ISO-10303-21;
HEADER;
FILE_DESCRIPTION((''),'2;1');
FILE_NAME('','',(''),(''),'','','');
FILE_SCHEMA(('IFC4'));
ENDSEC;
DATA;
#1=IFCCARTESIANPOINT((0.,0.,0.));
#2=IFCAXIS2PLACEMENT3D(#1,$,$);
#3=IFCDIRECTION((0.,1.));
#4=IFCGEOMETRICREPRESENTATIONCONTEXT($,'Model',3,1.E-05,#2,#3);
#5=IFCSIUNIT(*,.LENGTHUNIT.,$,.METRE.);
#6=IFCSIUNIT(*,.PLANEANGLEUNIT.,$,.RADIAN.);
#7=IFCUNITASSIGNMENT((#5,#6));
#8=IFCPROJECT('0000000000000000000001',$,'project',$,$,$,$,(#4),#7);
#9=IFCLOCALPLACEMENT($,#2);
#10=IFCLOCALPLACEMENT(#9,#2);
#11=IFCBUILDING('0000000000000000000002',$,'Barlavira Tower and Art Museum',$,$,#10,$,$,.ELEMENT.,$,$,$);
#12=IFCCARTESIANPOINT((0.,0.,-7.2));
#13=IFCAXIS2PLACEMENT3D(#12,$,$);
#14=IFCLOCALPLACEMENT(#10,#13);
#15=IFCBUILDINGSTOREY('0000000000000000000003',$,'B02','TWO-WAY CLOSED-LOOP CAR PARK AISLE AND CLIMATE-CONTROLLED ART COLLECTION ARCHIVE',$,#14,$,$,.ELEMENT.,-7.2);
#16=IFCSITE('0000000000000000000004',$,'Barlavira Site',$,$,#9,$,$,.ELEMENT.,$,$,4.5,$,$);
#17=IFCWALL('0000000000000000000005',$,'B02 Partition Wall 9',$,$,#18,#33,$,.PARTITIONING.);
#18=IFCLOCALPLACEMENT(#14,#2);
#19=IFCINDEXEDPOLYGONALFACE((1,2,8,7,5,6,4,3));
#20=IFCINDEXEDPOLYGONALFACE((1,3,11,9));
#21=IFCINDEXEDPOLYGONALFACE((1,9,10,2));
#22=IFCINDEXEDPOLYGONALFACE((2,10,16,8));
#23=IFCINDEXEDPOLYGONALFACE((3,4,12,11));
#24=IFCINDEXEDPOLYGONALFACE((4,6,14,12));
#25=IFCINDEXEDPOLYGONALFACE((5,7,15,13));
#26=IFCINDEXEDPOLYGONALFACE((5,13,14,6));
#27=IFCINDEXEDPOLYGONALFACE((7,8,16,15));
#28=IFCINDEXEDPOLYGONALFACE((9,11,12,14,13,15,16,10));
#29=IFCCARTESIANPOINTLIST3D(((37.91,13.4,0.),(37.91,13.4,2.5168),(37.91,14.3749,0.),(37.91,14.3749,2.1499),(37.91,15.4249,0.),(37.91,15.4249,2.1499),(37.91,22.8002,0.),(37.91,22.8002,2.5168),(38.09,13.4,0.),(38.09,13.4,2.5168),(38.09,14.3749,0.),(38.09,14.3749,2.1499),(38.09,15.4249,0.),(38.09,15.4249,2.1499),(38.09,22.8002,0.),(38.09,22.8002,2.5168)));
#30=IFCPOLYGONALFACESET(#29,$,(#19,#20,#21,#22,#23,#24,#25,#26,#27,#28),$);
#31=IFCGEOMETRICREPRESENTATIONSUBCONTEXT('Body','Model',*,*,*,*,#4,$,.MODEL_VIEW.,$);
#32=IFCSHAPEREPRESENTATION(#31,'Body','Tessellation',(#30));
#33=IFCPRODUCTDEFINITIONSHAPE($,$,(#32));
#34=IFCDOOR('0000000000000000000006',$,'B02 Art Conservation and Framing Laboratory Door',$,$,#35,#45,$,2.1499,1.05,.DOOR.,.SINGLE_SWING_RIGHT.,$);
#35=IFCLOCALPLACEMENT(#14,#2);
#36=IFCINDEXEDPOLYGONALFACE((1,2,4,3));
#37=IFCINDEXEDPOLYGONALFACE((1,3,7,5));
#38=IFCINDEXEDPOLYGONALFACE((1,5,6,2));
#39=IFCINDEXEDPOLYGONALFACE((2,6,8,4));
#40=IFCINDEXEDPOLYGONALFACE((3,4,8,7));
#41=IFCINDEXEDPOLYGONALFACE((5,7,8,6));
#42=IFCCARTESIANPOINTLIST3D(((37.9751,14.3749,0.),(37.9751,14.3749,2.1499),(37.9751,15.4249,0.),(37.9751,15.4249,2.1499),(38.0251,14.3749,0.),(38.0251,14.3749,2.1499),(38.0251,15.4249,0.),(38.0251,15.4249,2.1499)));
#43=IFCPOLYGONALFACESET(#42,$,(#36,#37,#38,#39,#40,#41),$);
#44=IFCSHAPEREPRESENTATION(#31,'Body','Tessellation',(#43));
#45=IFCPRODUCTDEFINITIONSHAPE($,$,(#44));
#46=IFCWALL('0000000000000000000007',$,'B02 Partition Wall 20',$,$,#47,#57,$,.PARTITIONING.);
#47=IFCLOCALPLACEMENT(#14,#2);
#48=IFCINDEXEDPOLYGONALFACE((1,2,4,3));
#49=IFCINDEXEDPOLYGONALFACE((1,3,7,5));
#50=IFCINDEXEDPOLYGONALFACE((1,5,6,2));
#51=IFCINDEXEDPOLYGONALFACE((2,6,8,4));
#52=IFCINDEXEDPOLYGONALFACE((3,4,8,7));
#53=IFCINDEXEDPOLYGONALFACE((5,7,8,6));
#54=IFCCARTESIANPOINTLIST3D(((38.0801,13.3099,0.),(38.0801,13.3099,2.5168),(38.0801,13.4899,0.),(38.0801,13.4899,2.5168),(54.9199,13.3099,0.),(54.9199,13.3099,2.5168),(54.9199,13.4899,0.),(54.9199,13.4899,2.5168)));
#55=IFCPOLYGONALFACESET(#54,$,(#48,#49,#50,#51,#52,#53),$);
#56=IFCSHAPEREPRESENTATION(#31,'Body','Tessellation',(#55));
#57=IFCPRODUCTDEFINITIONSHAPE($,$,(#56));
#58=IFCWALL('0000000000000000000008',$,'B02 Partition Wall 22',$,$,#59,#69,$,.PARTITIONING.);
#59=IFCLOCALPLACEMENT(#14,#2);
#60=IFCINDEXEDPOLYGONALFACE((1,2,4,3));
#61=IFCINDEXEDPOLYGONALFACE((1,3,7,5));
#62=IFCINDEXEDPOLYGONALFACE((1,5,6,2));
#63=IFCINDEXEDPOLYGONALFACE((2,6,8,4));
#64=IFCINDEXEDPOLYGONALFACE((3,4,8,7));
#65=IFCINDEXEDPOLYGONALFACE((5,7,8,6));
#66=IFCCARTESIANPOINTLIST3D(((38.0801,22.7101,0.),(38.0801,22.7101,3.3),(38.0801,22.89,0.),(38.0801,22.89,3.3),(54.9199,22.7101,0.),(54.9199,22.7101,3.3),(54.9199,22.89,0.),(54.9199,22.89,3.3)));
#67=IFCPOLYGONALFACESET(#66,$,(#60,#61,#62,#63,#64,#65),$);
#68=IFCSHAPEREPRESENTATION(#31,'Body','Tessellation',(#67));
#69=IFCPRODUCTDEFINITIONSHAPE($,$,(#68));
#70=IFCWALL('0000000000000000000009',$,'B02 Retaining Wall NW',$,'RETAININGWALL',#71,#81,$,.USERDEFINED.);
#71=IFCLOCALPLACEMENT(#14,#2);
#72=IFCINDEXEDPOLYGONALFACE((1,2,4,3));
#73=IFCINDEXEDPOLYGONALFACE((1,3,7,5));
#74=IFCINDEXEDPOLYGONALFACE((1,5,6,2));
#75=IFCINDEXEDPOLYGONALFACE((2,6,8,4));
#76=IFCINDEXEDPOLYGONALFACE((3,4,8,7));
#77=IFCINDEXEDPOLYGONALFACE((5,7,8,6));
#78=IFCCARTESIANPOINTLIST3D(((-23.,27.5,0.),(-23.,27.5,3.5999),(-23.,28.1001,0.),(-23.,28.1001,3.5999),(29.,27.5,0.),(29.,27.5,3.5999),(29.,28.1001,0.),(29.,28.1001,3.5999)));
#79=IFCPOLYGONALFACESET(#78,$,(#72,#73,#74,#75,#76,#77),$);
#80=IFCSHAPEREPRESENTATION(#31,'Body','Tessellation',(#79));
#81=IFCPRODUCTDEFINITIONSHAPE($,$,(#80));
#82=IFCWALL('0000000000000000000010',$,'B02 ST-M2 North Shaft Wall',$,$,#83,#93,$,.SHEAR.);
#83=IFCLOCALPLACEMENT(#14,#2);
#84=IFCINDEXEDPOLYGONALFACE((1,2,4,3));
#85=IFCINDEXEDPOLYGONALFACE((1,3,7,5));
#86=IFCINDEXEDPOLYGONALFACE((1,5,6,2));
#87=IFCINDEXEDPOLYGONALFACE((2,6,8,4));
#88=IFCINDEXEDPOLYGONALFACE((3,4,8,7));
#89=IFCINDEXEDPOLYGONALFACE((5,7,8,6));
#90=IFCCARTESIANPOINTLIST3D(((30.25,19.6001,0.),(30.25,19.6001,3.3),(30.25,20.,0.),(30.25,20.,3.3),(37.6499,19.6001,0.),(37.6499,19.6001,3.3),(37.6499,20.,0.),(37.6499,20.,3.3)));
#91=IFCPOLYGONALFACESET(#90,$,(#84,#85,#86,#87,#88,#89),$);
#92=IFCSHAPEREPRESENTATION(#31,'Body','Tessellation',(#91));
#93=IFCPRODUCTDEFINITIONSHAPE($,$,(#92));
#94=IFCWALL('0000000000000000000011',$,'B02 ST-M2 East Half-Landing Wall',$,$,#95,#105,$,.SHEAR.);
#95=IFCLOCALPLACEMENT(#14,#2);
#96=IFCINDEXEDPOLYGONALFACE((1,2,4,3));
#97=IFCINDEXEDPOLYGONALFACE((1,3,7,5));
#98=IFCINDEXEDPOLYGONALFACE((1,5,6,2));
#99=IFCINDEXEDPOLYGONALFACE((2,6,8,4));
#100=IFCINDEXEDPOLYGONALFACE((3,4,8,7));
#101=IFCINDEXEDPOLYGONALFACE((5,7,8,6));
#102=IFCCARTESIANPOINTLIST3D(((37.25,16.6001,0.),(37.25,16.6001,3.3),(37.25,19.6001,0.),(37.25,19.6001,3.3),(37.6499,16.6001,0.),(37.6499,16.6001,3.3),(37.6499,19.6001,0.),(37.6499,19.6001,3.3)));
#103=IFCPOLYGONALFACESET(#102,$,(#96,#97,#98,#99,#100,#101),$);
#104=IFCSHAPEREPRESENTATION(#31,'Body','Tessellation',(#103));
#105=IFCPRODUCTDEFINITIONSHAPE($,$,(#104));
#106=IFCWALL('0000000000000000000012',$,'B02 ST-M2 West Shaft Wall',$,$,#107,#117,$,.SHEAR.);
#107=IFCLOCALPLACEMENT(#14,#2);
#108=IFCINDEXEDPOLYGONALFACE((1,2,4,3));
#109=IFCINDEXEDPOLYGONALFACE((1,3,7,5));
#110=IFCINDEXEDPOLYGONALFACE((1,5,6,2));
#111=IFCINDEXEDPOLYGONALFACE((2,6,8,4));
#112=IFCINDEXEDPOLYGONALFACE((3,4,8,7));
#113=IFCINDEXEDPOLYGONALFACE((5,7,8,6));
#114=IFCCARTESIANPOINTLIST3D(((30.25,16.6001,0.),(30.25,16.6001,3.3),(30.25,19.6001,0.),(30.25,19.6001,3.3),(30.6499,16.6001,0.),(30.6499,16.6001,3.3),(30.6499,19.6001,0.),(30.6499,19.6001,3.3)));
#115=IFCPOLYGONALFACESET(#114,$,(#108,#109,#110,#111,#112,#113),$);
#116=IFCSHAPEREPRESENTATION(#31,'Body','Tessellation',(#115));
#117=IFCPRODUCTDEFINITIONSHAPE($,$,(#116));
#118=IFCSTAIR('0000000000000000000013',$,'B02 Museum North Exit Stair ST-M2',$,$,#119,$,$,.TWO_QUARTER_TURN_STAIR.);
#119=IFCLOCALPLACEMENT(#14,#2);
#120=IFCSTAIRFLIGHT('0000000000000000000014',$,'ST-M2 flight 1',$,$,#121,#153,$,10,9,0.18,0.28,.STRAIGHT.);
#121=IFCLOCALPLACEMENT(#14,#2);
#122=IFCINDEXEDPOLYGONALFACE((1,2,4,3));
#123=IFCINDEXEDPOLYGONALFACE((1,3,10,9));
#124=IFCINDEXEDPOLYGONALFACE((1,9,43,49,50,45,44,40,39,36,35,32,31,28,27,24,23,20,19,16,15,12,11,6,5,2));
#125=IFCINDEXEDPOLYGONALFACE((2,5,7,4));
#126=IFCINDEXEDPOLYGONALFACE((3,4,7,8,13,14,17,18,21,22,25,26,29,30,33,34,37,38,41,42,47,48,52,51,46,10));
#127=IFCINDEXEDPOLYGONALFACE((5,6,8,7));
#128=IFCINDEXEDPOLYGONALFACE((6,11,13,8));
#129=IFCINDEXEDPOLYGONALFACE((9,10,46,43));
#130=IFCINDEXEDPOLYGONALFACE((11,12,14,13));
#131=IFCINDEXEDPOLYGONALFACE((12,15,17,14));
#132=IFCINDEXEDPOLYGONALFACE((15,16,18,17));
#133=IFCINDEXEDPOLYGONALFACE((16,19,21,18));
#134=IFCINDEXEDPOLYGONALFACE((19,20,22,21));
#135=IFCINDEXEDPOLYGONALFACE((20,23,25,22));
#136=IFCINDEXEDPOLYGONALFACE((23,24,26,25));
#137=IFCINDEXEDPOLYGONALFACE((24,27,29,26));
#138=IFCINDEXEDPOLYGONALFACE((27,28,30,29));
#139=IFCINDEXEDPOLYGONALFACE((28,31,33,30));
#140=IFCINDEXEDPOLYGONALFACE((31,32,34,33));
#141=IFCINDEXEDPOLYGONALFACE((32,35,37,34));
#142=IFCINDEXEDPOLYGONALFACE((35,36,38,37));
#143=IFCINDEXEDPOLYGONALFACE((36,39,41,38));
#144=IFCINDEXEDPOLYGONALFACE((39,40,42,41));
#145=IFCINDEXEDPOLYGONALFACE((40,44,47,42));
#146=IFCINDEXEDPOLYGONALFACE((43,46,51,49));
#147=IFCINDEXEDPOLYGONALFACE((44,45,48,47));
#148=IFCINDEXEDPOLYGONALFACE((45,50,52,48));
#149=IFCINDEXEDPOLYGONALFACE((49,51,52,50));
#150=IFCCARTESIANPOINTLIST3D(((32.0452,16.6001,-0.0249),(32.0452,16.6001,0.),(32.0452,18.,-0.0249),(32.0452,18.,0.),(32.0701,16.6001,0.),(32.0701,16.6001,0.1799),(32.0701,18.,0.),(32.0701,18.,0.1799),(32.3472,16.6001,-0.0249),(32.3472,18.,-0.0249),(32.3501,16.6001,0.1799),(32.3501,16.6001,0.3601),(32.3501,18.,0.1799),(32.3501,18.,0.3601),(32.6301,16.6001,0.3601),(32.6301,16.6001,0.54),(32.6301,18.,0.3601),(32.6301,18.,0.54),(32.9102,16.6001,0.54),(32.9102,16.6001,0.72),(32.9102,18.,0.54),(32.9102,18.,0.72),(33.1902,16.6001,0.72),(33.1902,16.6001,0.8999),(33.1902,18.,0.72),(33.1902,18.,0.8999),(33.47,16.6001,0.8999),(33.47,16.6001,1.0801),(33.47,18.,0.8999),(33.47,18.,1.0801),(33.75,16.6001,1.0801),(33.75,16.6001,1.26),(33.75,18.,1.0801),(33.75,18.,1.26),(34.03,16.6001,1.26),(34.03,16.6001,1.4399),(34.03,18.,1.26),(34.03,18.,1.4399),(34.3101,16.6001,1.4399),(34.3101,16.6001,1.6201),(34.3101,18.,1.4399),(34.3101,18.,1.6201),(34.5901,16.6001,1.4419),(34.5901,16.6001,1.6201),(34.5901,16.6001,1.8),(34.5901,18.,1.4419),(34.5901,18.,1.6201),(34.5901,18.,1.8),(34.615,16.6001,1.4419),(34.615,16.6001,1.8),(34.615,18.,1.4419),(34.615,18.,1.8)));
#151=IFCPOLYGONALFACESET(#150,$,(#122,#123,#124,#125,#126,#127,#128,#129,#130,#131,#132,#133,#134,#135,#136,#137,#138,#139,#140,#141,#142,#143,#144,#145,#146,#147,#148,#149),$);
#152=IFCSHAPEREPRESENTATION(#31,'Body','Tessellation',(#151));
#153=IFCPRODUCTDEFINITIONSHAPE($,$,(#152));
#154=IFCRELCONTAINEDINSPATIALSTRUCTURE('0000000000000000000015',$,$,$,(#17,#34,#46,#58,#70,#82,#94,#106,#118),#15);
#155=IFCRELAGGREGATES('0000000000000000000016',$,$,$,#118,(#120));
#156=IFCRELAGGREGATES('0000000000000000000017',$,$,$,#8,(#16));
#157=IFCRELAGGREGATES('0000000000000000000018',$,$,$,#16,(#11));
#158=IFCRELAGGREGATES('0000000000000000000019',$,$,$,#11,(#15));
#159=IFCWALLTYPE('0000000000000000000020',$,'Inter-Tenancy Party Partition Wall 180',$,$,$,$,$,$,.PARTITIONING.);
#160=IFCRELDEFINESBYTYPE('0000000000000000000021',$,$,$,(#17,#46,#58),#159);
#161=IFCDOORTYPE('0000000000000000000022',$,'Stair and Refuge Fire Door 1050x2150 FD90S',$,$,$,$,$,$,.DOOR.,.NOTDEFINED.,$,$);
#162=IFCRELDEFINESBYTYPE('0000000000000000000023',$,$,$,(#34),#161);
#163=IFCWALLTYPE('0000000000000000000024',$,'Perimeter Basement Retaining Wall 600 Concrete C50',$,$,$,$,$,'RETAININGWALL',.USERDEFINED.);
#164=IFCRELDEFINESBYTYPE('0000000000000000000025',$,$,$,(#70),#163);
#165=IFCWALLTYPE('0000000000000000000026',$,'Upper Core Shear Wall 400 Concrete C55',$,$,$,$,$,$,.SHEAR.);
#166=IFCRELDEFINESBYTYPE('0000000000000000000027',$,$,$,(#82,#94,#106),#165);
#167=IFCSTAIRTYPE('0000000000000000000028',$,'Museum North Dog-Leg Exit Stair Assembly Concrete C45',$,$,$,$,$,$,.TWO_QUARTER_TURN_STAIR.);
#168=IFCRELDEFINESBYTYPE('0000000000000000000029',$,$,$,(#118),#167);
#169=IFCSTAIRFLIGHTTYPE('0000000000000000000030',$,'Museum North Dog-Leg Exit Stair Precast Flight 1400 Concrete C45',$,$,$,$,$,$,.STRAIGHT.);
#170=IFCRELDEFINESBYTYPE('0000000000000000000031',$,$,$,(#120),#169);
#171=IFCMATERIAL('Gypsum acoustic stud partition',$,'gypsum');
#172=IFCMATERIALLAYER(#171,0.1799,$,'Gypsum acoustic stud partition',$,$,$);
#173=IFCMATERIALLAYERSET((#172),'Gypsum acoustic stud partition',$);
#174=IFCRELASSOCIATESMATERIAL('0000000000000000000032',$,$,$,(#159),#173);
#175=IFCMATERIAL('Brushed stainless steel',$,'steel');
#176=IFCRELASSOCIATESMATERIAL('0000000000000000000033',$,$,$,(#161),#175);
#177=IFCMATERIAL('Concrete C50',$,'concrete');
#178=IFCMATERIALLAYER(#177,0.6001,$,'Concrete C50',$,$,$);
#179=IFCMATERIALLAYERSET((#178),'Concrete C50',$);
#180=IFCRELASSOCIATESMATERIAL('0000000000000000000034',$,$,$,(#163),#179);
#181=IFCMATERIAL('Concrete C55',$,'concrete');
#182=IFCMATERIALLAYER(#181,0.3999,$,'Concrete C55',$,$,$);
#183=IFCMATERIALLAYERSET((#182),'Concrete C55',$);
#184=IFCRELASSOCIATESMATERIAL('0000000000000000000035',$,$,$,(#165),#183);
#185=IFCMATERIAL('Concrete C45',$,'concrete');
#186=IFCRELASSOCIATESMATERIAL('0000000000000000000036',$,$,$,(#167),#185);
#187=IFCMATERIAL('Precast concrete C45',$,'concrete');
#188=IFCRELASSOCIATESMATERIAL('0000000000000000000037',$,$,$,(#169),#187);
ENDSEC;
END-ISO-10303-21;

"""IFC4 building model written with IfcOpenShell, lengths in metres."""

from ifc_helpers import new_model, si_unit, direction, frame, frame_2d, origin, place, context, subcontext, project, spatial, polyline, rectangle, outline, extrude, material, layer, layer_set, type_object, element, fill, aggregate, save


model = new_model("IFC4")

# Units and contexts
model_context = context("Model", 3, precision=1e-05, world=origin(), true_north=direction((0.0, 1.0)))
body_context = subcontext(model_context, "Body", "Model", "MODEL_VIEW")
ifc_project = project(units=[si_unit("LENGTHUNIT", "METRE"), si_unit("PLANEANGLEUNIT", "RADIAN")], contexts=[model_context])

# Site, building, storey
site_placement = place(None, origin())
site = spatial("IfcSite", under=ifc_project, at=site_placement, Name="Barlavira Site", CompositionType="ELEMENT", RefElevation=4.5)
building_placement = place(site_placement, origin())
building = spatial("IfcBuilding", under=site, at=building_placement, Name="Barlavira Tower and Art Museum", CompositionType="ELEMENT")
storey_placement = place(building_placement, frame((0.0, 0.0, -7.2)))
storey = spatial("IfcBuildingStorey", under=building, at=storey_placement, Name="B02", Description="TWO-WAY CLOSED-LOOP CAR PARK AISLE AND CLIMATE-CONTROLLED ART COLLECTION ARCHIVE", CompositionType="ELEMENT", Elevation=-7.2)

# Shared definitions
ifc_material_1 = material(Name="Concrete C50", Category="concrete")

# Wall, opening, door
ifc_material_2 = material(Name="Gypsum acoustic stud partition", Category="gypsum")
ifc_layer_1 = layer(ifc_material_2, 0.1799, Name="Gypsum acoustic stud partition")
ifc_layer_set_1 = layer_set([ifc_layer_1], Name="Gypsum acoustic stud partition")
wall_type_1 = type_object("IfcWallType", Name="Inter-Tenancy Party Partition Wall 180", PredefinedType="PARTITIONING", material=ifc_layer_set_1)
wall_1_placement = place(storey_placement, frame((38.0, 13.3999, 0.0), z_axis=(0.0, 0.0, 1.0), x_axis=(0.0, 1.0, 0.0)))
wall_1 = element("IfcWall", 1, at=wall_1_placement, inside=storey, type_object=wall_type_1, Name="B02 Partition Wall 9", PredefinedType="PARTITIONING", context=body_context, shape_type="SweptSolid", body=[
    extrude(rectangle(XDim=9.4001, YDim=0.1799, at=frame_2d((4.7002, 0.0))), origin(), (0.0, 0.0, 1.0), 2.5168),
])
opening_1_placement = place(wall_1_placement, frame((0.9751, 0.0, 0.0)))
opening_1 = element("IfcOpeningElement", 2, at=opening_1_placement, cuts=wall_1, PredefinedType="OPENING", context=body_context, shape_type="SweptSolid", body=[
    extrude(rectangle(XDim=1.05, YDim=2.1499, at=frame_2d((0.5249, 1.075))), frame((0.0, 0.1001, 0.0), z_axis=(0.0, -1.0, 0.0), x_axis=(1.0, 0.0, 0.0)), (0.0, 0.0, 1.0), 0.2),
])
ifc_material_3 = material(Name="Brushed stainless steel", Category="steel")
door_type = type_object("IfcDoorType", Name="Stair and Refuge Fire Door 1050x2150 FD90S", OperationType="NOTDEFINED", PredefinedType="DOOR", material=ifc_material_3)
door_1_placement = place(opening_1_placement, origin())
door_1 = element("IfcDoor", 3, at=door_1_placement, inside=storey, type_object=door_type, Name="B02 Art Conservation and Framing Laboratory Door", OperationType="SINGLE_SWING_RIGHT", OverallHeight=2.1499, OverallWidth=1.05, PredefinedType="DOOR", context=body_context, shape_type="SweptSolid", body=[
    extrude(rectangle(XDim=1.05, YDim=2.1499, at=frame_2d((0.5249, 1.075))), frame((0.0, 0.0249, 0.0), z_axis=(0.0, -1.0, 0.0), x_axis=(1.0, 0.0, 0.0)), (0.0, 0.0, 1.0), 0.05),
])
fill(opening_1, door_1)

# Walls
wall_2_placement = place(storey_placement, frame((38.0801, 13.3999, 0.0), z_axis=(0.0, 0.0, 1.0), x_axis=(1.0, 0.0, 0.0)))
element("IfcWall", 4, at=wall_2_placement, inside=storey, type_object=wall_type_1, Name="B02 Partition Wall 20", PredefinedType="PARTITIONING", context=body_context, shape_type="SweptSolid", body=[
    extrude(rectangle(XDim=16.8398, YDim=0.1799, at=frame_2d((8.4199, 0.0))), origin(), (0.0, 0.0, 1.0), 2.5168),
])
wall_3_placement = place(storey_placement, frame((38.0801, 22.8, 0.0), z_axis=(0.0, 0.0, 1.0), x_axis=(1.0, 0.0, 0.0)))
element("IfcWall", 5, at=wall_3_placement, inside=storey, type_object=wall_type_1, Name="B02 Partition Wall 22", PredefinedType="PARTITIONING", context=body_context, shape_type="SweptSolid", body=[
    extrude(rectangle(XDim=16.8398, YDim=0.1799, at=frame_2d((8.4199, 0.0))), origin(), (0.0, 0.0, 1.0), 3.3),
])
ifc_layer_2 = layer(ifc_material_1, 0.6001, Name="Concrete C50")
ifc_layer_set_2 = layer_set([ifc_layer_2], Name="Concrete C50")
wall_type_2 = type_object("IfcWallType", Name="Perimeter Basement Retaining Wall 600 Concrete C50", ElementType="RETAININGWALL", PredefinedType="USERDEFINED", material=ifc_layer_set_2)
wall_4_placement = place(storey_placement, frame((29.0, 27.8, 0.0), z_axis=(0.0, 0.0, 1.0), x_axis=(-1.0, 0.0, 0.0)))
element("IfcWall", 6, at=wall_4_placement, inside=storey, type_object=wall_type_2, Name="B02 Retaining Wall NW", ObjectType="RETAININGWALL", PredefinedType="USERDEFINED", context=body_context, shape_type="SweptSolid", body=[
    extrude(rectangle(XDim=52.0, YDim=0.6001, at=frame_2d((26.0, 0.0))), origin(), (0.0, 0.0, 1.0), 3.5999),
])
ifc_material_4 = material(Name="Concrete C55", Category="concrete")
ifc_layer_3 = layer(ifc_material_4, 0.3999, Name="Concrete C55")
ifc_layer_set_3 = layer_set([ifc_layer_3], Name="Concrete C55")
wall_type_3 = type_object("IfcWallType", Name="Upper Core Shear Wall 400 Concrete C55", PredefinedType="SHEAR", material=ifc_layer_set_3)
wall_5_placement = place(storey_placement, frame((30.25, 19.8, 0.0), z_axis=(0.0, 0.0, 1.0), x_axis=(1.0, 0.0, 0.0)))
element("IfcWall", 7, at=wall_5_placement, inside=storey, type_object=wall_type_3, Name="B02 ST-M2 North Shaft Wall", PredefinedType="SHEAR", context=body_context, shape_type="SweptSolid", body=[
    extrude(rectangle(XDim=7.3999, YDim=0.3999, at=frame_2d((3.7, 0.0))), origin(), (0.0, 0.0, 1.0), 3.3),
])
for number, where, z_axis, x_axis, name in (
    (8, (37.45, 16.6001, 0.0), (0.0, 0.0, 1.0), (0.0, 1.0, 0.0), "B02 ST-M2 East Half-Landing Wall"),
    (9, (30.45, 16.6001, 0.0), (0.0, 0.0, 1.0), (0.0, 1.0, 0.0), "B02 ST-M2 West Shaft Wall"),
):
    element("IfcWall", number, at=place(storey_placement, frame(where, z_axis=z_axis, x_axis=x_axis)), inside=storey, type_object=wall_type_3, Name=name, PredefinedType="SHEAR", context=body_context, shape_type="SweptSolid", body=[
        extrude(rectangle(XDim=3.0, YDim=0.3999, at=frame_2d((1.5, 0.0))), origin(), (0.0, 0.0, 1.0), 3.3),
    ])

# Stair, stair flight
ifc_material_5 = material(Name="Concrete C45", Category="concrete")
stair_type = type_object("IfcStairType", Name="Museum North Dog-Leg Exit Stair Assembly Concrete C45", PredefinedType="TWO_QUARTER_TURN_STAIR", material=ifc_material_5)
stair_placement = place(storey_placement, origin())
stair = element("IfcStair", 10, at=stair_placement, inside=storey, type_object=stair_type, Name="B02 Museum North Exit Stair ST-M2", PredefinedType="TWO_QUARTER_TURN_STAIR")
ifc_material_6 = material(Name="Precast concrete C45", Category="concrete")
stair_flight_type = type_object("IfcStairFlightType", Name="Museum North Dog-Leg Exit Stair Precast Flight 1400 Concrete C45", PredefinedType="STRAIGHT", material=ifc_material_6)
stair_flight_1_placement = place(storey_placement, frame((32.0701, 17.3, 0.0), z_axis=(0.0, 0.0, 1.0), x_axis=(1.0, 0.0, 0.0)))
stair_flight_1 = element("IfcStairFlight", 11, at=stair_flight_1_placement, type_object=stair_flight_type, Name="ST-M2 flight 1", NumberOfRisers=10, NumberOfTreads=9, PredefinedType="STRAIGHT", RiserHeight=0.18, TreadLength=0.28, context=body_context, shape_type="SweptSolid", body=[
    extrude(outline(polyline([(-0.0249, 0.0), (0.0, 0.0), (0.0, 0.1799), (0.28, 0.1799), (0.28, 0.3601), (0.5601, 0.3601), (0.5601, 0.54), (0.8401, 0.54), (0.8401, 0.72), (1.1201, 0.72), (1.1201, 0.8999), (1.3999, 0.8999), (1.3999, 1.0801), (1.6799, 1.0801), (1.6799, 1.26), (1.96, 1.26), (1.96, 1.4399), (2.24, 1.4399), (2.24, 1.6201), (2.52, 1.6201), (2.52, 1.8), (2.5449, 1.8), (2.5449, 1.4419), (2.52, 1.4419), (0.2771, -0.0249), (-0.0249, -0.0249), (-0.0249, 0.0)])), frame((0.0, 0.7, 0.0), z_axis=(0.0, -1.0, 0.0), x_axis=(1.0, 0.0, 0.0)), (0.0, 0.0, 1.0), 1.3999),
])
aggregate(stair, [stair_flight_1])

save(model, "model.ifc")
